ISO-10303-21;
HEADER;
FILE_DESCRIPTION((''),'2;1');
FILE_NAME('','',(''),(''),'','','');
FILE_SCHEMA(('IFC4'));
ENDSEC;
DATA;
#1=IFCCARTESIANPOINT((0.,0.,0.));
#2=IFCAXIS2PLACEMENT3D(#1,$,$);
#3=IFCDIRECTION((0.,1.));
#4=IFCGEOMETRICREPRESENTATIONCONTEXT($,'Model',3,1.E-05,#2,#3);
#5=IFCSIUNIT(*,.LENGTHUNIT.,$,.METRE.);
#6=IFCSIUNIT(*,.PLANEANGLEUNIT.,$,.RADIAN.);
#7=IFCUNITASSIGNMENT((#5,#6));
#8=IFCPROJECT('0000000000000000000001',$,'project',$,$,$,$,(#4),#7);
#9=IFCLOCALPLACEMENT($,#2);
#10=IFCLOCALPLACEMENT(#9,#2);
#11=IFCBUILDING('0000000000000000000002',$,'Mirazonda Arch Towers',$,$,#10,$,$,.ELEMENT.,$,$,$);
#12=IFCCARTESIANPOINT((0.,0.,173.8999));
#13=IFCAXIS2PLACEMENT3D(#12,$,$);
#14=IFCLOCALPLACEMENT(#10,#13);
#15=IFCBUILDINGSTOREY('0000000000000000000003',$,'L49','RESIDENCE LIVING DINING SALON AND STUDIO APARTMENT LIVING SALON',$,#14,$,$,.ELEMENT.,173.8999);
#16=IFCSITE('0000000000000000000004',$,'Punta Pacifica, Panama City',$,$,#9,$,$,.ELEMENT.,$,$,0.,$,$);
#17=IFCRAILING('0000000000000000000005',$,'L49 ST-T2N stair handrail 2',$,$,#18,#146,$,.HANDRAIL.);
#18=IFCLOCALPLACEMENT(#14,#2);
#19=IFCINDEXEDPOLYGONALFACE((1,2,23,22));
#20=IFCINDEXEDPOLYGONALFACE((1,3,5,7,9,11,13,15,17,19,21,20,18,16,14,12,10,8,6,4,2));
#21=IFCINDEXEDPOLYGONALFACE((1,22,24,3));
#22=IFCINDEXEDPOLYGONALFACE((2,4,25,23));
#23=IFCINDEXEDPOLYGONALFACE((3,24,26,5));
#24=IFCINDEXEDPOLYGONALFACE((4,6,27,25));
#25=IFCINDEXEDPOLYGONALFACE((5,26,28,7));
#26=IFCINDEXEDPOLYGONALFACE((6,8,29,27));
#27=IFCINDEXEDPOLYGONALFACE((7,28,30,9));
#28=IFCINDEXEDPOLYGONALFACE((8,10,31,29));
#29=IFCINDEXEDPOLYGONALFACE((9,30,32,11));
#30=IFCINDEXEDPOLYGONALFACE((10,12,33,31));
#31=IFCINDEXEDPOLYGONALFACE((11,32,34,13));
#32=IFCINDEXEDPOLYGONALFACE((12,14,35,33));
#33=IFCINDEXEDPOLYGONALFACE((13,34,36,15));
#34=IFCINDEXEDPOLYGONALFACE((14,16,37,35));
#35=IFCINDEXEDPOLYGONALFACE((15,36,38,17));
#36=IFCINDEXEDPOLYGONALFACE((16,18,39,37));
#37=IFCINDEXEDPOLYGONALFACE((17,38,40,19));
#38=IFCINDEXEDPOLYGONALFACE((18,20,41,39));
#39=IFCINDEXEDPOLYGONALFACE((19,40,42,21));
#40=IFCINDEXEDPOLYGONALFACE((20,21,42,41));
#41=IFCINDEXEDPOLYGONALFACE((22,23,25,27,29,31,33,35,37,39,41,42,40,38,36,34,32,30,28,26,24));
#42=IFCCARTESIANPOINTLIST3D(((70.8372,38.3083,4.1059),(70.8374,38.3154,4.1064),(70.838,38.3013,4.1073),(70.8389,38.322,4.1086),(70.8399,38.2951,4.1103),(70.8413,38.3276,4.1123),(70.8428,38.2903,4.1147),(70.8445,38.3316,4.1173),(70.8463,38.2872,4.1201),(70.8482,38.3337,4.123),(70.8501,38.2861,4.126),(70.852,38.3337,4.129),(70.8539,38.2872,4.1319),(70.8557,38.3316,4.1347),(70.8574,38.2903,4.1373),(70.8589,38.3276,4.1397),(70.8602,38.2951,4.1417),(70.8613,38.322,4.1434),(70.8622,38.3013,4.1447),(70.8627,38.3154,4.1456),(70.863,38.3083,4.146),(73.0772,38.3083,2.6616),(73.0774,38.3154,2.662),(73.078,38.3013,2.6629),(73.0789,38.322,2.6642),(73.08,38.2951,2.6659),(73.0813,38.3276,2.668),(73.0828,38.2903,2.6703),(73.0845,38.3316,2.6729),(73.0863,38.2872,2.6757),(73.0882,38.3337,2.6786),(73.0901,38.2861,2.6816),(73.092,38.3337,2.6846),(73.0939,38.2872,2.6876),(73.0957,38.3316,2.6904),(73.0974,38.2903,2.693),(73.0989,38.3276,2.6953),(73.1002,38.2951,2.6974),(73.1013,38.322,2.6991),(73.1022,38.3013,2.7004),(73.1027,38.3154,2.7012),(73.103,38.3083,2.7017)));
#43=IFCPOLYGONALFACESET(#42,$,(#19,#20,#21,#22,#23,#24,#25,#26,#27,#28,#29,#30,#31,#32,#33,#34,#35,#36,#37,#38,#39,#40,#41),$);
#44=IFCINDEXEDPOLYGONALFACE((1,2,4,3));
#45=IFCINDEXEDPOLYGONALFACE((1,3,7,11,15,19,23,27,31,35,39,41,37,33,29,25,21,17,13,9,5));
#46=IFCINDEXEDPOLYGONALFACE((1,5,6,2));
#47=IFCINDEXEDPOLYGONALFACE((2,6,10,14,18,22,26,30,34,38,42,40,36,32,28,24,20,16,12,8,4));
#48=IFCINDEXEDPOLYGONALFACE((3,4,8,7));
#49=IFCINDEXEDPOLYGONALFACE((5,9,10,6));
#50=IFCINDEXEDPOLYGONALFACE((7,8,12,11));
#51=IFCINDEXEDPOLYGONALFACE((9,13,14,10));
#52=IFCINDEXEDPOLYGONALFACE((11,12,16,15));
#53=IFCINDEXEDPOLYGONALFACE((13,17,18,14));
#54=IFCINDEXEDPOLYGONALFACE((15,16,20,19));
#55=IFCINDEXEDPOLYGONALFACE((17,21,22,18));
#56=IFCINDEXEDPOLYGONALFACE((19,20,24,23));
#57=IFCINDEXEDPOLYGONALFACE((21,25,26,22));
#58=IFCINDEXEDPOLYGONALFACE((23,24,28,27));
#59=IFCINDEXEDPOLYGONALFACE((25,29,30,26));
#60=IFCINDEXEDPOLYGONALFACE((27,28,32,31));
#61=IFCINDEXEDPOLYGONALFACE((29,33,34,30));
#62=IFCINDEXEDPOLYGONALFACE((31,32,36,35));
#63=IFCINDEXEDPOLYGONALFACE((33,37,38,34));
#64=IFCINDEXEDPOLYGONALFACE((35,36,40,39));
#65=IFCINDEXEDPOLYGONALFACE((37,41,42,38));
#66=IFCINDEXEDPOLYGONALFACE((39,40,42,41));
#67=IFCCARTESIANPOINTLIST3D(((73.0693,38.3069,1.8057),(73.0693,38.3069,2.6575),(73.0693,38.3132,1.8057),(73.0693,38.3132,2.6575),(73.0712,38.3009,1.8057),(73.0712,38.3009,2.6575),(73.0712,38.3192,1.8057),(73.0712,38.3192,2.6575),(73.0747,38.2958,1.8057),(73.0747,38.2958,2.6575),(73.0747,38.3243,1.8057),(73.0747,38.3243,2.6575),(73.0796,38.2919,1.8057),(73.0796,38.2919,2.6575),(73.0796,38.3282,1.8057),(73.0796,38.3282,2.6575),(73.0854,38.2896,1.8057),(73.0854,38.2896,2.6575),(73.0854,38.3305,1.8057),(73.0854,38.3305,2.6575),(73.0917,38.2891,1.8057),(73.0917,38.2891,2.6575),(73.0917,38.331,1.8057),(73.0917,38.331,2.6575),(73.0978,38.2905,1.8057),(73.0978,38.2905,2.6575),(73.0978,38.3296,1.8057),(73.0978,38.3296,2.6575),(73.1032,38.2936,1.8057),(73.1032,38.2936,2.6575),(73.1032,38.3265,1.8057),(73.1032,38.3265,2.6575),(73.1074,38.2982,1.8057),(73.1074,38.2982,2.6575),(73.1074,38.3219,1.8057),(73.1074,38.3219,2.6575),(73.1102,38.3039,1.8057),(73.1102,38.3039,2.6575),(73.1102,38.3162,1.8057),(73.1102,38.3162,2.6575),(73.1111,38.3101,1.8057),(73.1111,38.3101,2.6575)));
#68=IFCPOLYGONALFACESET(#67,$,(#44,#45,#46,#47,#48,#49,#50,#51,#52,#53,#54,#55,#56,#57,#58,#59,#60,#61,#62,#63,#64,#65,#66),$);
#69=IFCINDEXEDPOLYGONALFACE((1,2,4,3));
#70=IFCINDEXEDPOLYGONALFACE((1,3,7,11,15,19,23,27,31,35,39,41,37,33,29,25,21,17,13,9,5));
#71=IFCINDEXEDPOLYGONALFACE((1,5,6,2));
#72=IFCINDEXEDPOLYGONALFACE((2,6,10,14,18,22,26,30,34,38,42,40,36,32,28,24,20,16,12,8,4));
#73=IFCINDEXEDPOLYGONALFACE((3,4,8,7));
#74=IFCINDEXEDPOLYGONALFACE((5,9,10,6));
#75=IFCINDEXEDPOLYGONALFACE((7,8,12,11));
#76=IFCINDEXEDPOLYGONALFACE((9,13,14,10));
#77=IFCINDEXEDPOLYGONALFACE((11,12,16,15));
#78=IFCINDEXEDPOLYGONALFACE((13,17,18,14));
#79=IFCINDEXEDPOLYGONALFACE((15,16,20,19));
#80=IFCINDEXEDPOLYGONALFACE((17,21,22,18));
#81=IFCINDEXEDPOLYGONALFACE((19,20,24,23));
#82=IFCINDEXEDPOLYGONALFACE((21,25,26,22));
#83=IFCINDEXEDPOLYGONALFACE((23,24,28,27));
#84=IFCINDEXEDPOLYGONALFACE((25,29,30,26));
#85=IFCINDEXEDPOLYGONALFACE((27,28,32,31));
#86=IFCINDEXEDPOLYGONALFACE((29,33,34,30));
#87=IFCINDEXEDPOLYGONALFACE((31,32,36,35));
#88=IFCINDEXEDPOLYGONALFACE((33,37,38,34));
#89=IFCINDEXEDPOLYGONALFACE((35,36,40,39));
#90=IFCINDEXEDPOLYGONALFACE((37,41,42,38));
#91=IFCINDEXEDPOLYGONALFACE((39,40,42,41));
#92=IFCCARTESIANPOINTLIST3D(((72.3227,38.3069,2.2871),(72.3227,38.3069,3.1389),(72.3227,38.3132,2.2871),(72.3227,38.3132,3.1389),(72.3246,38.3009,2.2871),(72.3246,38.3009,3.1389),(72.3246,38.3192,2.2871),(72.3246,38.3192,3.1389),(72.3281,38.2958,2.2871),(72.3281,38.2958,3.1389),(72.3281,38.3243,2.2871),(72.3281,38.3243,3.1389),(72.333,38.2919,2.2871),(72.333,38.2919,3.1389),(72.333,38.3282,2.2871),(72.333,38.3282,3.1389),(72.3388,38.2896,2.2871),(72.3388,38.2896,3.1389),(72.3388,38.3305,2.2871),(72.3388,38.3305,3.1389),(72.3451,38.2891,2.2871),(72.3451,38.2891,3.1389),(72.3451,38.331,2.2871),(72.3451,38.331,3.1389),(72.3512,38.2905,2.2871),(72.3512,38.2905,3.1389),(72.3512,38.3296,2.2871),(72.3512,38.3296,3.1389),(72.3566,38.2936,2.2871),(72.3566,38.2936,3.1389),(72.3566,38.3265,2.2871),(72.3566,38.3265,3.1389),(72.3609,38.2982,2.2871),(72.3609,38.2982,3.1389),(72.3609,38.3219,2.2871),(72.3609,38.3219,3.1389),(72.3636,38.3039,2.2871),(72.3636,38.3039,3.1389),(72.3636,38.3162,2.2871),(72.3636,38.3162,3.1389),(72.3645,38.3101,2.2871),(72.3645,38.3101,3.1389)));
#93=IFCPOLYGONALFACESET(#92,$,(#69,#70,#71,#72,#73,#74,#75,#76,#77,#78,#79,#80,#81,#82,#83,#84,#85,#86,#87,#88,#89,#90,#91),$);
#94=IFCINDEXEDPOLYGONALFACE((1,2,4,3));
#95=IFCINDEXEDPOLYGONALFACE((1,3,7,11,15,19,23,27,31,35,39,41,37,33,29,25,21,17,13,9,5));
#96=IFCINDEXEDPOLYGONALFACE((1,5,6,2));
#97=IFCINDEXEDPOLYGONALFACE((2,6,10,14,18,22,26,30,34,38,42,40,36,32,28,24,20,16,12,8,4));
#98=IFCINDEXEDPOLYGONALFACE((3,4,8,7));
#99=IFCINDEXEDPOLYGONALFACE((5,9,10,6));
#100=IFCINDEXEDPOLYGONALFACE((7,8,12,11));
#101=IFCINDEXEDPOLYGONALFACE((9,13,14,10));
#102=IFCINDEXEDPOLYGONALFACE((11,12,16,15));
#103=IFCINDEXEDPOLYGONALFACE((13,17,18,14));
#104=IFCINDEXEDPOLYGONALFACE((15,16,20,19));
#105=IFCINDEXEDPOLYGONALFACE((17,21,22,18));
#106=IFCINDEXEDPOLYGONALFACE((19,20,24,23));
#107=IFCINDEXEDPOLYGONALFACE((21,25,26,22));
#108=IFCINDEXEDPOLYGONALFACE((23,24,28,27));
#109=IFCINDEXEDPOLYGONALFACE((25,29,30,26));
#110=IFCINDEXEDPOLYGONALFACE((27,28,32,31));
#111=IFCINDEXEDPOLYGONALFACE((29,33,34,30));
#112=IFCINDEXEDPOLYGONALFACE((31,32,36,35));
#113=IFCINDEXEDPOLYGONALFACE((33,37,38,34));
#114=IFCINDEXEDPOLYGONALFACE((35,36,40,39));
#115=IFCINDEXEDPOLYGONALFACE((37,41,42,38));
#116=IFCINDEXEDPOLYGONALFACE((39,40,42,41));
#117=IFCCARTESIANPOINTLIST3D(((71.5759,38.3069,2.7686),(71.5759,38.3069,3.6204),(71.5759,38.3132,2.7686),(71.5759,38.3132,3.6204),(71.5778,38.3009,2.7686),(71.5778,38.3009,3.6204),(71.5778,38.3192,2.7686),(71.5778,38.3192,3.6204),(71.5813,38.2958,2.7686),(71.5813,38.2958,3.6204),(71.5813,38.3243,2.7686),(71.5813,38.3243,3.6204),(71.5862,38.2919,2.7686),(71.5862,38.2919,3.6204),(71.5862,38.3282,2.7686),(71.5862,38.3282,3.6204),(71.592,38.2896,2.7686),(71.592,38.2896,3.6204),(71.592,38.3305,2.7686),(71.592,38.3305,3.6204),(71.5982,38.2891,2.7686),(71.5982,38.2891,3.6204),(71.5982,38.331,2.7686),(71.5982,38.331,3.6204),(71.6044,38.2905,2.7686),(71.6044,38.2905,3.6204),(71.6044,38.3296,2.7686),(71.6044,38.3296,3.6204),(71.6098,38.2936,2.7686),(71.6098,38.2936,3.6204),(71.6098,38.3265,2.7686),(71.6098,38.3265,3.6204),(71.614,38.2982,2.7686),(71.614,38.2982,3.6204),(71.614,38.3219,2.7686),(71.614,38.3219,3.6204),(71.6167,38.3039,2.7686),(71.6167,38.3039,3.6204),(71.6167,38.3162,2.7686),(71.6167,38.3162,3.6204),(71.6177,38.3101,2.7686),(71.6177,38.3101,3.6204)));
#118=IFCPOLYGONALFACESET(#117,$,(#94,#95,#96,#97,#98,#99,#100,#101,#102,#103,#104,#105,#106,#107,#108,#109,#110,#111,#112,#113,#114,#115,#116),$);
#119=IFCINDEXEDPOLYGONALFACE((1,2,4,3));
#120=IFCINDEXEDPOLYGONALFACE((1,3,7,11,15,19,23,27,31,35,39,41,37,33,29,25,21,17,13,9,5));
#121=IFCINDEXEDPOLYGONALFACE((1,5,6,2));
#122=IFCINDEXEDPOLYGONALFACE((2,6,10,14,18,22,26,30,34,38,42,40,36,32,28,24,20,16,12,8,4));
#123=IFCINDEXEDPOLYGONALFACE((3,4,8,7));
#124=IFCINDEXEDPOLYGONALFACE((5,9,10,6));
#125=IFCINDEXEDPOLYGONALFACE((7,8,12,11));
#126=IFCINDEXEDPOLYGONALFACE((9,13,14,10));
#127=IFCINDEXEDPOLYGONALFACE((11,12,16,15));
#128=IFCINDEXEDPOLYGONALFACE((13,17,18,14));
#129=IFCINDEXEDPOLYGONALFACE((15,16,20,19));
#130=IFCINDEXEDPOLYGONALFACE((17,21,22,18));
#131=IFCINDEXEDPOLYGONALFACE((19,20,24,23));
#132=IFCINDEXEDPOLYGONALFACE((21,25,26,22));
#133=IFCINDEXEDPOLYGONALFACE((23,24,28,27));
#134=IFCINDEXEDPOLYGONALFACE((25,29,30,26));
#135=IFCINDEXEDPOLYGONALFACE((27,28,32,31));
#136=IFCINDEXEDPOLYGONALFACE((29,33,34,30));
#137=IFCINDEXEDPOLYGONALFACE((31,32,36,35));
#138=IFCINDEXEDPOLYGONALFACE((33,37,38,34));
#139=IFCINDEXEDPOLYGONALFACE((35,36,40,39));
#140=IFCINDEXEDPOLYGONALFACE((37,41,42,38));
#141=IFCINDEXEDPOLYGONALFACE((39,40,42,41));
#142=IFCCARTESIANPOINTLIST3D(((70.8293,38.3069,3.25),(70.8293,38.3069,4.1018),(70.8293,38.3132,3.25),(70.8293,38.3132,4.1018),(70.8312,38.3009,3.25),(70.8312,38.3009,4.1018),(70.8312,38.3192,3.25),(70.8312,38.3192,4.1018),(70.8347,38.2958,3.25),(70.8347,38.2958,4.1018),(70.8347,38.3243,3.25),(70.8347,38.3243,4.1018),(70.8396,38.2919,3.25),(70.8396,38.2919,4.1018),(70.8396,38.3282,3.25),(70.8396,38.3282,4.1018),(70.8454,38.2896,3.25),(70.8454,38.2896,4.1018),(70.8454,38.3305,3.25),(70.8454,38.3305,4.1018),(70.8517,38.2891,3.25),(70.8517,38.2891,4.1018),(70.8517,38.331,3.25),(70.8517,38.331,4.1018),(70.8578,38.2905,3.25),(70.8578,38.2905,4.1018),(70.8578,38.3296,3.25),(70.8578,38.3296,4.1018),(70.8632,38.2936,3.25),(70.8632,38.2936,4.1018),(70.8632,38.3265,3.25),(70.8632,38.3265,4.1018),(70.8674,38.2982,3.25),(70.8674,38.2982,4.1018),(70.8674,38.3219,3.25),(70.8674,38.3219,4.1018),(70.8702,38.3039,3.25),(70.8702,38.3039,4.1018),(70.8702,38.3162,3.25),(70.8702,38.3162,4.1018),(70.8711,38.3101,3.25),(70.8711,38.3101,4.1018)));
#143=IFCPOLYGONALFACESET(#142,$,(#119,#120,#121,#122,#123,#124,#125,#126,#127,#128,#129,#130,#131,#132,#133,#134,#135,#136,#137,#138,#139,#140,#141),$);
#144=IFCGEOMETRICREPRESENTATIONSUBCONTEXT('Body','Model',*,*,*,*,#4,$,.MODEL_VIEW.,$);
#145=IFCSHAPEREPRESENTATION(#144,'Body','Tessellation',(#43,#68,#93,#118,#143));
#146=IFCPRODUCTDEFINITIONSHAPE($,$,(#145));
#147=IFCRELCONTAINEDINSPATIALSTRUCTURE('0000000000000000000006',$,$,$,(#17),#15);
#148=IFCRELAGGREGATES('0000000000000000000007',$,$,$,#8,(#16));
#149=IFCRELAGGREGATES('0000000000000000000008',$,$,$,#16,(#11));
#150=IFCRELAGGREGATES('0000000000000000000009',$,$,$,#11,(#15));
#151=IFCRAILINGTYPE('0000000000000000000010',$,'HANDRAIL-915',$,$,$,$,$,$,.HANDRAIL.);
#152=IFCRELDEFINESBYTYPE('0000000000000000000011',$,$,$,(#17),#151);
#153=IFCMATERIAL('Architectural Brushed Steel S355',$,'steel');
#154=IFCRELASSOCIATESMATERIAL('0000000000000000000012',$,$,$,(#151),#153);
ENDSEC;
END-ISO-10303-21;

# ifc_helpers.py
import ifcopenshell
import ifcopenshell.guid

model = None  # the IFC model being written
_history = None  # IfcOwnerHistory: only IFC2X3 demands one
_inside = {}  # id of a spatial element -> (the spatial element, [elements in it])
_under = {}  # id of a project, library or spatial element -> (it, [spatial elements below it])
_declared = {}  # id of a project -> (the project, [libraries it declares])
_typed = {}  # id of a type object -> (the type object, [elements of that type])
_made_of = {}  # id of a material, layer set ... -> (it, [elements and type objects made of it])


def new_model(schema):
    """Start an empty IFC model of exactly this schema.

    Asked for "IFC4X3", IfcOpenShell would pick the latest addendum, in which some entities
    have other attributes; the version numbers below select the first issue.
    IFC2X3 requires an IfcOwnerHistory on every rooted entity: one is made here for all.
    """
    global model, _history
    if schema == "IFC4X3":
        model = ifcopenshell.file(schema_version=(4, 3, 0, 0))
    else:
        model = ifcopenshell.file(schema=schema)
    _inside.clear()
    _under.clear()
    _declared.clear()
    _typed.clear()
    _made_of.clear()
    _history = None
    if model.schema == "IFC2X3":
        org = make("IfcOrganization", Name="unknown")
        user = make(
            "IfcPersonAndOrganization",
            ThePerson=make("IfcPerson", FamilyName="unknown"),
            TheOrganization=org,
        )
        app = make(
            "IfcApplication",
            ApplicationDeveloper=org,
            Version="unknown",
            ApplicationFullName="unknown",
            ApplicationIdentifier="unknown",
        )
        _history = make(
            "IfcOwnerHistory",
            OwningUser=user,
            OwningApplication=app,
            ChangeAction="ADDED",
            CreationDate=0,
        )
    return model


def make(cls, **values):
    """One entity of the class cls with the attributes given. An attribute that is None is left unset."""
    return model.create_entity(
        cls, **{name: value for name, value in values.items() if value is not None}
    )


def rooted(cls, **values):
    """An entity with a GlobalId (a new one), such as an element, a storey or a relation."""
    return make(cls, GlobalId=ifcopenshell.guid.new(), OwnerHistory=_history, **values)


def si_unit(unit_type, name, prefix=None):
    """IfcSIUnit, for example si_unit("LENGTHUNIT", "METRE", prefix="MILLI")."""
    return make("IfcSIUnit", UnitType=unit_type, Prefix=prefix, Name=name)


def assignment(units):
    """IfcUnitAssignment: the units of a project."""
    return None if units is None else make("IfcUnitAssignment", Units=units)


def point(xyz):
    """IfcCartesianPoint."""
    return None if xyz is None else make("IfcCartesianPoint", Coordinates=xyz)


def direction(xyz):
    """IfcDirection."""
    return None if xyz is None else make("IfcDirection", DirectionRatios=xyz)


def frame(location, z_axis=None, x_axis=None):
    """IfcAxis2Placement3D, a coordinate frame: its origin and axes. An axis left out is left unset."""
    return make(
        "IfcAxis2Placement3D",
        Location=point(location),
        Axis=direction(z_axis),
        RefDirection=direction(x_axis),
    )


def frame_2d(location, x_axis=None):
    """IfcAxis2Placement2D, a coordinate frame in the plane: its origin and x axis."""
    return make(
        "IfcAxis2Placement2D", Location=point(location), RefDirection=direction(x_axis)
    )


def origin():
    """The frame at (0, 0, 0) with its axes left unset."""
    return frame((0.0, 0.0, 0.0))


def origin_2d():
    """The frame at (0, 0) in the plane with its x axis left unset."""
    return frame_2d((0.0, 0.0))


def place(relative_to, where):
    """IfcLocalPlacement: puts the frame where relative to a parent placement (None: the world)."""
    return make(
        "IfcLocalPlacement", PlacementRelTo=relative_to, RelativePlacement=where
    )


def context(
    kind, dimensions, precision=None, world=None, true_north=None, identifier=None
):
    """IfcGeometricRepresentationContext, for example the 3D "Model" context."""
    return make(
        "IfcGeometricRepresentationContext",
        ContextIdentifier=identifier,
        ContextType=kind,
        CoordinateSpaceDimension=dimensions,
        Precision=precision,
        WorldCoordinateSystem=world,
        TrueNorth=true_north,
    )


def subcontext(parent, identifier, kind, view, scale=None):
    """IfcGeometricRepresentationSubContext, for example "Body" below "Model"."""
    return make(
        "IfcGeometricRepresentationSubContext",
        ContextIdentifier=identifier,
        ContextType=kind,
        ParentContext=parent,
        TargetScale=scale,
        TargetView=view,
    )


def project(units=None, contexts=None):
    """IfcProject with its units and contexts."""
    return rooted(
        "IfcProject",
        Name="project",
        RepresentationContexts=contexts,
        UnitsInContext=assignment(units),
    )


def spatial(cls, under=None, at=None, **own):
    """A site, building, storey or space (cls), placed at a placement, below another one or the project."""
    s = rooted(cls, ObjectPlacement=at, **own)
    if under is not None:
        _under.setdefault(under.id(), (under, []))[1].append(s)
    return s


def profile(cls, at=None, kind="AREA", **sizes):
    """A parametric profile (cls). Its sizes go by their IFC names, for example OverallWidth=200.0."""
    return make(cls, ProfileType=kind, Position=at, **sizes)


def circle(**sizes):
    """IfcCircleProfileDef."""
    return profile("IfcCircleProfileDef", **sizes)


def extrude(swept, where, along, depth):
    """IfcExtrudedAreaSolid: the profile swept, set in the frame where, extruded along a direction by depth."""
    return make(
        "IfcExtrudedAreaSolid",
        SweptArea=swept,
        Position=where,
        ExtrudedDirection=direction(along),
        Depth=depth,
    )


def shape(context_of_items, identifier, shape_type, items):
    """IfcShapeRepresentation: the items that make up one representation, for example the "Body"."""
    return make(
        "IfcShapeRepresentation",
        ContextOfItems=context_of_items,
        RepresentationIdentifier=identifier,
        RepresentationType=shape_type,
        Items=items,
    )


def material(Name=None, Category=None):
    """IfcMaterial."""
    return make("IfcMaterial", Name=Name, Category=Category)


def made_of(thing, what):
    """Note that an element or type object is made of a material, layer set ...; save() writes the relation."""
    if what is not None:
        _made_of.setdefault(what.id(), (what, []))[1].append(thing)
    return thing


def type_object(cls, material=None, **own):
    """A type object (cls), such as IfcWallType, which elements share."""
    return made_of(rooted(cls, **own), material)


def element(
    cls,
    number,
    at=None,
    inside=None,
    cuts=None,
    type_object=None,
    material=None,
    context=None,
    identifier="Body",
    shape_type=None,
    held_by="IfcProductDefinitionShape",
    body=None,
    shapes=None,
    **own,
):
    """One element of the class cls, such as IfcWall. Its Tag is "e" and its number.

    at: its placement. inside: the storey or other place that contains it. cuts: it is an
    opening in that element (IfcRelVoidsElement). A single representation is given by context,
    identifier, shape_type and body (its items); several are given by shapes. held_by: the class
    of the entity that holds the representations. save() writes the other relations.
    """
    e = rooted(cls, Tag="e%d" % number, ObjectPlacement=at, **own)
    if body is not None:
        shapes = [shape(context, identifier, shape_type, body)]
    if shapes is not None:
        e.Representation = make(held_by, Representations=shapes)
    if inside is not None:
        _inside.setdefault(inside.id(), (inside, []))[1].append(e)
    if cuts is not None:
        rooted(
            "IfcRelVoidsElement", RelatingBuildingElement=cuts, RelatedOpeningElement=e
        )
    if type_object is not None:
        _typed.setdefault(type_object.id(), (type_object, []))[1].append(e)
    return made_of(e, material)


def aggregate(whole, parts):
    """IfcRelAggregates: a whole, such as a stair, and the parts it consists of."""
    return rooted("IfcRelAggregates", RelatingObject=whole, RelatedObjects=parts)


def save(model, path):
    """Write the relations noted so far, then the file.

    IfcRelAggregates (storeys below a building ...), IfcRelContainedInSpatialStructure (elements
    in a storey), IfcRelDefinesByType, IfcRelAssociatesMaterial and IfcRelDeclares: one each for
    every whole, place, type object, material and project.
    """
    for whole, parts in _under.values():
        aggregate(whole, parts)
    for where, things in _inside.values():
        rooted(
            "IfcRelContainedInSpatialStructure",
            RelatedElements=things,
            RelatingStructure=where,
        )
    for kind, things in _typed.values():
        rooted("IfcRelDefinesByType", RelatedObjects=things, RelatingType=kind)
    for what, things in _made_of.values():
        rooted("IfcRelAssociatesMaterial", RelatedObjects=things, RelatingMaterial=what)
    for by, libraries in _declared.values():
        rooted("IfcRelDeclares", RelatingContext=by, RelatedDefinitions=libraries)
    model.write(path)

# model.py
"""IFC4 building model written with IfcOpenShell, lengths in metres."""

from ifc_helpers import new_model, si_unit, direction, frame, origin, origin_2d, place, context, subcontext, project, spatial, circle, extrude, material, type_object, element, save


model = new_model("IFC4")

# Units and contexts
model_context = context("Model", 3, precision=1e-05, world=origin(), true_north=direction((0.0, 1.0)))
body_context = subcontext(model_context, "Body", "Model", "MODEL_VIEW")
ifc_project = project(units=[si_unit("LENGTHUNIT", "METRE"), si_unit("PLANEANGLEUNIT", "RADIAN")], contexts=[model_context])

# Site, building, storey
site_placement = place(None, origin())
site = spatial("IfcSite", under=ifc_project, at=site_placement, Name="Punta Pacifica, Panama City", CompositionType="ELEMENT", RefElevation=0.0)
building_placement = place(site_placement, origin())
building = spatial("IfcBuilding", under=site, at=building_placement, Name="Mirazonda Arch Towers", CompositionType="ELEMENT")
storey_placement = place(building_placement, frame((0.0, 0.0, 173.8999)))
storey = spatial("IfcBuildingStorey", under=building, at=storey_placement, Name="L49", Description="RESIDENCE LIVING DINING SALON AND STUDIO APARTMENT LIVING SALON", CompositionType="ELEMENT", Elevation=173.8999)

# Shared definitions
ifc_material_1 = material(Name="Architectural Brushed Steel S355", Category="steel")

# Railing
railing_type_1 = type_object("IfcRailingType", Name="HANDRAIL-915", PredefinedType="HANDRAIL", material=ifc_material_1)
railing_1_placement = place(storey_placement, frame((73.0901, 38.3101, 1.8057)))
element("IfcRailing", 1, at=railing_1_placement, inside=storey, type_object=railing_type_1, Name="L49 ST-T2N stair handrail 2", PredefinedType="HANDRAIL", context=body_context, shape_type="SweptSolid", body=[
    extrude(circle(Radius=0.0239, at=origin_2d()), frame((0.0, 0.0, 0.876), z_axis=(-0.840437, 0.0, 0.54191), x_axis=(0.0, -1.0, 0.0)), (0.0, 0.0, 1.0), 2.6653),
    extrude(circle(Radius=0.021, at=origin_2d()), origin(), (0.0, 0.0, 1.0), 0.8518),
    extrude(circle(Radius=0.021, at=origin_2d()), frame((-0.7466, 0.0, 0.4814)), (0.0, 0.0, 1.0), 0.8518),
    extrude(circle(Radius=0.021, at=origin_2d()), frame((-1.4934, 0.0, 0.9629)), (0.0, 0.0, 1.0), 0.8518),
    extrude(circle(Radius=0.021, at=origin_2d()), frame((-2.24, 0.0, 1.4443)), (0.0, 0.0, 1.0), 0.8518),
])

save(model, "model.ifc")
